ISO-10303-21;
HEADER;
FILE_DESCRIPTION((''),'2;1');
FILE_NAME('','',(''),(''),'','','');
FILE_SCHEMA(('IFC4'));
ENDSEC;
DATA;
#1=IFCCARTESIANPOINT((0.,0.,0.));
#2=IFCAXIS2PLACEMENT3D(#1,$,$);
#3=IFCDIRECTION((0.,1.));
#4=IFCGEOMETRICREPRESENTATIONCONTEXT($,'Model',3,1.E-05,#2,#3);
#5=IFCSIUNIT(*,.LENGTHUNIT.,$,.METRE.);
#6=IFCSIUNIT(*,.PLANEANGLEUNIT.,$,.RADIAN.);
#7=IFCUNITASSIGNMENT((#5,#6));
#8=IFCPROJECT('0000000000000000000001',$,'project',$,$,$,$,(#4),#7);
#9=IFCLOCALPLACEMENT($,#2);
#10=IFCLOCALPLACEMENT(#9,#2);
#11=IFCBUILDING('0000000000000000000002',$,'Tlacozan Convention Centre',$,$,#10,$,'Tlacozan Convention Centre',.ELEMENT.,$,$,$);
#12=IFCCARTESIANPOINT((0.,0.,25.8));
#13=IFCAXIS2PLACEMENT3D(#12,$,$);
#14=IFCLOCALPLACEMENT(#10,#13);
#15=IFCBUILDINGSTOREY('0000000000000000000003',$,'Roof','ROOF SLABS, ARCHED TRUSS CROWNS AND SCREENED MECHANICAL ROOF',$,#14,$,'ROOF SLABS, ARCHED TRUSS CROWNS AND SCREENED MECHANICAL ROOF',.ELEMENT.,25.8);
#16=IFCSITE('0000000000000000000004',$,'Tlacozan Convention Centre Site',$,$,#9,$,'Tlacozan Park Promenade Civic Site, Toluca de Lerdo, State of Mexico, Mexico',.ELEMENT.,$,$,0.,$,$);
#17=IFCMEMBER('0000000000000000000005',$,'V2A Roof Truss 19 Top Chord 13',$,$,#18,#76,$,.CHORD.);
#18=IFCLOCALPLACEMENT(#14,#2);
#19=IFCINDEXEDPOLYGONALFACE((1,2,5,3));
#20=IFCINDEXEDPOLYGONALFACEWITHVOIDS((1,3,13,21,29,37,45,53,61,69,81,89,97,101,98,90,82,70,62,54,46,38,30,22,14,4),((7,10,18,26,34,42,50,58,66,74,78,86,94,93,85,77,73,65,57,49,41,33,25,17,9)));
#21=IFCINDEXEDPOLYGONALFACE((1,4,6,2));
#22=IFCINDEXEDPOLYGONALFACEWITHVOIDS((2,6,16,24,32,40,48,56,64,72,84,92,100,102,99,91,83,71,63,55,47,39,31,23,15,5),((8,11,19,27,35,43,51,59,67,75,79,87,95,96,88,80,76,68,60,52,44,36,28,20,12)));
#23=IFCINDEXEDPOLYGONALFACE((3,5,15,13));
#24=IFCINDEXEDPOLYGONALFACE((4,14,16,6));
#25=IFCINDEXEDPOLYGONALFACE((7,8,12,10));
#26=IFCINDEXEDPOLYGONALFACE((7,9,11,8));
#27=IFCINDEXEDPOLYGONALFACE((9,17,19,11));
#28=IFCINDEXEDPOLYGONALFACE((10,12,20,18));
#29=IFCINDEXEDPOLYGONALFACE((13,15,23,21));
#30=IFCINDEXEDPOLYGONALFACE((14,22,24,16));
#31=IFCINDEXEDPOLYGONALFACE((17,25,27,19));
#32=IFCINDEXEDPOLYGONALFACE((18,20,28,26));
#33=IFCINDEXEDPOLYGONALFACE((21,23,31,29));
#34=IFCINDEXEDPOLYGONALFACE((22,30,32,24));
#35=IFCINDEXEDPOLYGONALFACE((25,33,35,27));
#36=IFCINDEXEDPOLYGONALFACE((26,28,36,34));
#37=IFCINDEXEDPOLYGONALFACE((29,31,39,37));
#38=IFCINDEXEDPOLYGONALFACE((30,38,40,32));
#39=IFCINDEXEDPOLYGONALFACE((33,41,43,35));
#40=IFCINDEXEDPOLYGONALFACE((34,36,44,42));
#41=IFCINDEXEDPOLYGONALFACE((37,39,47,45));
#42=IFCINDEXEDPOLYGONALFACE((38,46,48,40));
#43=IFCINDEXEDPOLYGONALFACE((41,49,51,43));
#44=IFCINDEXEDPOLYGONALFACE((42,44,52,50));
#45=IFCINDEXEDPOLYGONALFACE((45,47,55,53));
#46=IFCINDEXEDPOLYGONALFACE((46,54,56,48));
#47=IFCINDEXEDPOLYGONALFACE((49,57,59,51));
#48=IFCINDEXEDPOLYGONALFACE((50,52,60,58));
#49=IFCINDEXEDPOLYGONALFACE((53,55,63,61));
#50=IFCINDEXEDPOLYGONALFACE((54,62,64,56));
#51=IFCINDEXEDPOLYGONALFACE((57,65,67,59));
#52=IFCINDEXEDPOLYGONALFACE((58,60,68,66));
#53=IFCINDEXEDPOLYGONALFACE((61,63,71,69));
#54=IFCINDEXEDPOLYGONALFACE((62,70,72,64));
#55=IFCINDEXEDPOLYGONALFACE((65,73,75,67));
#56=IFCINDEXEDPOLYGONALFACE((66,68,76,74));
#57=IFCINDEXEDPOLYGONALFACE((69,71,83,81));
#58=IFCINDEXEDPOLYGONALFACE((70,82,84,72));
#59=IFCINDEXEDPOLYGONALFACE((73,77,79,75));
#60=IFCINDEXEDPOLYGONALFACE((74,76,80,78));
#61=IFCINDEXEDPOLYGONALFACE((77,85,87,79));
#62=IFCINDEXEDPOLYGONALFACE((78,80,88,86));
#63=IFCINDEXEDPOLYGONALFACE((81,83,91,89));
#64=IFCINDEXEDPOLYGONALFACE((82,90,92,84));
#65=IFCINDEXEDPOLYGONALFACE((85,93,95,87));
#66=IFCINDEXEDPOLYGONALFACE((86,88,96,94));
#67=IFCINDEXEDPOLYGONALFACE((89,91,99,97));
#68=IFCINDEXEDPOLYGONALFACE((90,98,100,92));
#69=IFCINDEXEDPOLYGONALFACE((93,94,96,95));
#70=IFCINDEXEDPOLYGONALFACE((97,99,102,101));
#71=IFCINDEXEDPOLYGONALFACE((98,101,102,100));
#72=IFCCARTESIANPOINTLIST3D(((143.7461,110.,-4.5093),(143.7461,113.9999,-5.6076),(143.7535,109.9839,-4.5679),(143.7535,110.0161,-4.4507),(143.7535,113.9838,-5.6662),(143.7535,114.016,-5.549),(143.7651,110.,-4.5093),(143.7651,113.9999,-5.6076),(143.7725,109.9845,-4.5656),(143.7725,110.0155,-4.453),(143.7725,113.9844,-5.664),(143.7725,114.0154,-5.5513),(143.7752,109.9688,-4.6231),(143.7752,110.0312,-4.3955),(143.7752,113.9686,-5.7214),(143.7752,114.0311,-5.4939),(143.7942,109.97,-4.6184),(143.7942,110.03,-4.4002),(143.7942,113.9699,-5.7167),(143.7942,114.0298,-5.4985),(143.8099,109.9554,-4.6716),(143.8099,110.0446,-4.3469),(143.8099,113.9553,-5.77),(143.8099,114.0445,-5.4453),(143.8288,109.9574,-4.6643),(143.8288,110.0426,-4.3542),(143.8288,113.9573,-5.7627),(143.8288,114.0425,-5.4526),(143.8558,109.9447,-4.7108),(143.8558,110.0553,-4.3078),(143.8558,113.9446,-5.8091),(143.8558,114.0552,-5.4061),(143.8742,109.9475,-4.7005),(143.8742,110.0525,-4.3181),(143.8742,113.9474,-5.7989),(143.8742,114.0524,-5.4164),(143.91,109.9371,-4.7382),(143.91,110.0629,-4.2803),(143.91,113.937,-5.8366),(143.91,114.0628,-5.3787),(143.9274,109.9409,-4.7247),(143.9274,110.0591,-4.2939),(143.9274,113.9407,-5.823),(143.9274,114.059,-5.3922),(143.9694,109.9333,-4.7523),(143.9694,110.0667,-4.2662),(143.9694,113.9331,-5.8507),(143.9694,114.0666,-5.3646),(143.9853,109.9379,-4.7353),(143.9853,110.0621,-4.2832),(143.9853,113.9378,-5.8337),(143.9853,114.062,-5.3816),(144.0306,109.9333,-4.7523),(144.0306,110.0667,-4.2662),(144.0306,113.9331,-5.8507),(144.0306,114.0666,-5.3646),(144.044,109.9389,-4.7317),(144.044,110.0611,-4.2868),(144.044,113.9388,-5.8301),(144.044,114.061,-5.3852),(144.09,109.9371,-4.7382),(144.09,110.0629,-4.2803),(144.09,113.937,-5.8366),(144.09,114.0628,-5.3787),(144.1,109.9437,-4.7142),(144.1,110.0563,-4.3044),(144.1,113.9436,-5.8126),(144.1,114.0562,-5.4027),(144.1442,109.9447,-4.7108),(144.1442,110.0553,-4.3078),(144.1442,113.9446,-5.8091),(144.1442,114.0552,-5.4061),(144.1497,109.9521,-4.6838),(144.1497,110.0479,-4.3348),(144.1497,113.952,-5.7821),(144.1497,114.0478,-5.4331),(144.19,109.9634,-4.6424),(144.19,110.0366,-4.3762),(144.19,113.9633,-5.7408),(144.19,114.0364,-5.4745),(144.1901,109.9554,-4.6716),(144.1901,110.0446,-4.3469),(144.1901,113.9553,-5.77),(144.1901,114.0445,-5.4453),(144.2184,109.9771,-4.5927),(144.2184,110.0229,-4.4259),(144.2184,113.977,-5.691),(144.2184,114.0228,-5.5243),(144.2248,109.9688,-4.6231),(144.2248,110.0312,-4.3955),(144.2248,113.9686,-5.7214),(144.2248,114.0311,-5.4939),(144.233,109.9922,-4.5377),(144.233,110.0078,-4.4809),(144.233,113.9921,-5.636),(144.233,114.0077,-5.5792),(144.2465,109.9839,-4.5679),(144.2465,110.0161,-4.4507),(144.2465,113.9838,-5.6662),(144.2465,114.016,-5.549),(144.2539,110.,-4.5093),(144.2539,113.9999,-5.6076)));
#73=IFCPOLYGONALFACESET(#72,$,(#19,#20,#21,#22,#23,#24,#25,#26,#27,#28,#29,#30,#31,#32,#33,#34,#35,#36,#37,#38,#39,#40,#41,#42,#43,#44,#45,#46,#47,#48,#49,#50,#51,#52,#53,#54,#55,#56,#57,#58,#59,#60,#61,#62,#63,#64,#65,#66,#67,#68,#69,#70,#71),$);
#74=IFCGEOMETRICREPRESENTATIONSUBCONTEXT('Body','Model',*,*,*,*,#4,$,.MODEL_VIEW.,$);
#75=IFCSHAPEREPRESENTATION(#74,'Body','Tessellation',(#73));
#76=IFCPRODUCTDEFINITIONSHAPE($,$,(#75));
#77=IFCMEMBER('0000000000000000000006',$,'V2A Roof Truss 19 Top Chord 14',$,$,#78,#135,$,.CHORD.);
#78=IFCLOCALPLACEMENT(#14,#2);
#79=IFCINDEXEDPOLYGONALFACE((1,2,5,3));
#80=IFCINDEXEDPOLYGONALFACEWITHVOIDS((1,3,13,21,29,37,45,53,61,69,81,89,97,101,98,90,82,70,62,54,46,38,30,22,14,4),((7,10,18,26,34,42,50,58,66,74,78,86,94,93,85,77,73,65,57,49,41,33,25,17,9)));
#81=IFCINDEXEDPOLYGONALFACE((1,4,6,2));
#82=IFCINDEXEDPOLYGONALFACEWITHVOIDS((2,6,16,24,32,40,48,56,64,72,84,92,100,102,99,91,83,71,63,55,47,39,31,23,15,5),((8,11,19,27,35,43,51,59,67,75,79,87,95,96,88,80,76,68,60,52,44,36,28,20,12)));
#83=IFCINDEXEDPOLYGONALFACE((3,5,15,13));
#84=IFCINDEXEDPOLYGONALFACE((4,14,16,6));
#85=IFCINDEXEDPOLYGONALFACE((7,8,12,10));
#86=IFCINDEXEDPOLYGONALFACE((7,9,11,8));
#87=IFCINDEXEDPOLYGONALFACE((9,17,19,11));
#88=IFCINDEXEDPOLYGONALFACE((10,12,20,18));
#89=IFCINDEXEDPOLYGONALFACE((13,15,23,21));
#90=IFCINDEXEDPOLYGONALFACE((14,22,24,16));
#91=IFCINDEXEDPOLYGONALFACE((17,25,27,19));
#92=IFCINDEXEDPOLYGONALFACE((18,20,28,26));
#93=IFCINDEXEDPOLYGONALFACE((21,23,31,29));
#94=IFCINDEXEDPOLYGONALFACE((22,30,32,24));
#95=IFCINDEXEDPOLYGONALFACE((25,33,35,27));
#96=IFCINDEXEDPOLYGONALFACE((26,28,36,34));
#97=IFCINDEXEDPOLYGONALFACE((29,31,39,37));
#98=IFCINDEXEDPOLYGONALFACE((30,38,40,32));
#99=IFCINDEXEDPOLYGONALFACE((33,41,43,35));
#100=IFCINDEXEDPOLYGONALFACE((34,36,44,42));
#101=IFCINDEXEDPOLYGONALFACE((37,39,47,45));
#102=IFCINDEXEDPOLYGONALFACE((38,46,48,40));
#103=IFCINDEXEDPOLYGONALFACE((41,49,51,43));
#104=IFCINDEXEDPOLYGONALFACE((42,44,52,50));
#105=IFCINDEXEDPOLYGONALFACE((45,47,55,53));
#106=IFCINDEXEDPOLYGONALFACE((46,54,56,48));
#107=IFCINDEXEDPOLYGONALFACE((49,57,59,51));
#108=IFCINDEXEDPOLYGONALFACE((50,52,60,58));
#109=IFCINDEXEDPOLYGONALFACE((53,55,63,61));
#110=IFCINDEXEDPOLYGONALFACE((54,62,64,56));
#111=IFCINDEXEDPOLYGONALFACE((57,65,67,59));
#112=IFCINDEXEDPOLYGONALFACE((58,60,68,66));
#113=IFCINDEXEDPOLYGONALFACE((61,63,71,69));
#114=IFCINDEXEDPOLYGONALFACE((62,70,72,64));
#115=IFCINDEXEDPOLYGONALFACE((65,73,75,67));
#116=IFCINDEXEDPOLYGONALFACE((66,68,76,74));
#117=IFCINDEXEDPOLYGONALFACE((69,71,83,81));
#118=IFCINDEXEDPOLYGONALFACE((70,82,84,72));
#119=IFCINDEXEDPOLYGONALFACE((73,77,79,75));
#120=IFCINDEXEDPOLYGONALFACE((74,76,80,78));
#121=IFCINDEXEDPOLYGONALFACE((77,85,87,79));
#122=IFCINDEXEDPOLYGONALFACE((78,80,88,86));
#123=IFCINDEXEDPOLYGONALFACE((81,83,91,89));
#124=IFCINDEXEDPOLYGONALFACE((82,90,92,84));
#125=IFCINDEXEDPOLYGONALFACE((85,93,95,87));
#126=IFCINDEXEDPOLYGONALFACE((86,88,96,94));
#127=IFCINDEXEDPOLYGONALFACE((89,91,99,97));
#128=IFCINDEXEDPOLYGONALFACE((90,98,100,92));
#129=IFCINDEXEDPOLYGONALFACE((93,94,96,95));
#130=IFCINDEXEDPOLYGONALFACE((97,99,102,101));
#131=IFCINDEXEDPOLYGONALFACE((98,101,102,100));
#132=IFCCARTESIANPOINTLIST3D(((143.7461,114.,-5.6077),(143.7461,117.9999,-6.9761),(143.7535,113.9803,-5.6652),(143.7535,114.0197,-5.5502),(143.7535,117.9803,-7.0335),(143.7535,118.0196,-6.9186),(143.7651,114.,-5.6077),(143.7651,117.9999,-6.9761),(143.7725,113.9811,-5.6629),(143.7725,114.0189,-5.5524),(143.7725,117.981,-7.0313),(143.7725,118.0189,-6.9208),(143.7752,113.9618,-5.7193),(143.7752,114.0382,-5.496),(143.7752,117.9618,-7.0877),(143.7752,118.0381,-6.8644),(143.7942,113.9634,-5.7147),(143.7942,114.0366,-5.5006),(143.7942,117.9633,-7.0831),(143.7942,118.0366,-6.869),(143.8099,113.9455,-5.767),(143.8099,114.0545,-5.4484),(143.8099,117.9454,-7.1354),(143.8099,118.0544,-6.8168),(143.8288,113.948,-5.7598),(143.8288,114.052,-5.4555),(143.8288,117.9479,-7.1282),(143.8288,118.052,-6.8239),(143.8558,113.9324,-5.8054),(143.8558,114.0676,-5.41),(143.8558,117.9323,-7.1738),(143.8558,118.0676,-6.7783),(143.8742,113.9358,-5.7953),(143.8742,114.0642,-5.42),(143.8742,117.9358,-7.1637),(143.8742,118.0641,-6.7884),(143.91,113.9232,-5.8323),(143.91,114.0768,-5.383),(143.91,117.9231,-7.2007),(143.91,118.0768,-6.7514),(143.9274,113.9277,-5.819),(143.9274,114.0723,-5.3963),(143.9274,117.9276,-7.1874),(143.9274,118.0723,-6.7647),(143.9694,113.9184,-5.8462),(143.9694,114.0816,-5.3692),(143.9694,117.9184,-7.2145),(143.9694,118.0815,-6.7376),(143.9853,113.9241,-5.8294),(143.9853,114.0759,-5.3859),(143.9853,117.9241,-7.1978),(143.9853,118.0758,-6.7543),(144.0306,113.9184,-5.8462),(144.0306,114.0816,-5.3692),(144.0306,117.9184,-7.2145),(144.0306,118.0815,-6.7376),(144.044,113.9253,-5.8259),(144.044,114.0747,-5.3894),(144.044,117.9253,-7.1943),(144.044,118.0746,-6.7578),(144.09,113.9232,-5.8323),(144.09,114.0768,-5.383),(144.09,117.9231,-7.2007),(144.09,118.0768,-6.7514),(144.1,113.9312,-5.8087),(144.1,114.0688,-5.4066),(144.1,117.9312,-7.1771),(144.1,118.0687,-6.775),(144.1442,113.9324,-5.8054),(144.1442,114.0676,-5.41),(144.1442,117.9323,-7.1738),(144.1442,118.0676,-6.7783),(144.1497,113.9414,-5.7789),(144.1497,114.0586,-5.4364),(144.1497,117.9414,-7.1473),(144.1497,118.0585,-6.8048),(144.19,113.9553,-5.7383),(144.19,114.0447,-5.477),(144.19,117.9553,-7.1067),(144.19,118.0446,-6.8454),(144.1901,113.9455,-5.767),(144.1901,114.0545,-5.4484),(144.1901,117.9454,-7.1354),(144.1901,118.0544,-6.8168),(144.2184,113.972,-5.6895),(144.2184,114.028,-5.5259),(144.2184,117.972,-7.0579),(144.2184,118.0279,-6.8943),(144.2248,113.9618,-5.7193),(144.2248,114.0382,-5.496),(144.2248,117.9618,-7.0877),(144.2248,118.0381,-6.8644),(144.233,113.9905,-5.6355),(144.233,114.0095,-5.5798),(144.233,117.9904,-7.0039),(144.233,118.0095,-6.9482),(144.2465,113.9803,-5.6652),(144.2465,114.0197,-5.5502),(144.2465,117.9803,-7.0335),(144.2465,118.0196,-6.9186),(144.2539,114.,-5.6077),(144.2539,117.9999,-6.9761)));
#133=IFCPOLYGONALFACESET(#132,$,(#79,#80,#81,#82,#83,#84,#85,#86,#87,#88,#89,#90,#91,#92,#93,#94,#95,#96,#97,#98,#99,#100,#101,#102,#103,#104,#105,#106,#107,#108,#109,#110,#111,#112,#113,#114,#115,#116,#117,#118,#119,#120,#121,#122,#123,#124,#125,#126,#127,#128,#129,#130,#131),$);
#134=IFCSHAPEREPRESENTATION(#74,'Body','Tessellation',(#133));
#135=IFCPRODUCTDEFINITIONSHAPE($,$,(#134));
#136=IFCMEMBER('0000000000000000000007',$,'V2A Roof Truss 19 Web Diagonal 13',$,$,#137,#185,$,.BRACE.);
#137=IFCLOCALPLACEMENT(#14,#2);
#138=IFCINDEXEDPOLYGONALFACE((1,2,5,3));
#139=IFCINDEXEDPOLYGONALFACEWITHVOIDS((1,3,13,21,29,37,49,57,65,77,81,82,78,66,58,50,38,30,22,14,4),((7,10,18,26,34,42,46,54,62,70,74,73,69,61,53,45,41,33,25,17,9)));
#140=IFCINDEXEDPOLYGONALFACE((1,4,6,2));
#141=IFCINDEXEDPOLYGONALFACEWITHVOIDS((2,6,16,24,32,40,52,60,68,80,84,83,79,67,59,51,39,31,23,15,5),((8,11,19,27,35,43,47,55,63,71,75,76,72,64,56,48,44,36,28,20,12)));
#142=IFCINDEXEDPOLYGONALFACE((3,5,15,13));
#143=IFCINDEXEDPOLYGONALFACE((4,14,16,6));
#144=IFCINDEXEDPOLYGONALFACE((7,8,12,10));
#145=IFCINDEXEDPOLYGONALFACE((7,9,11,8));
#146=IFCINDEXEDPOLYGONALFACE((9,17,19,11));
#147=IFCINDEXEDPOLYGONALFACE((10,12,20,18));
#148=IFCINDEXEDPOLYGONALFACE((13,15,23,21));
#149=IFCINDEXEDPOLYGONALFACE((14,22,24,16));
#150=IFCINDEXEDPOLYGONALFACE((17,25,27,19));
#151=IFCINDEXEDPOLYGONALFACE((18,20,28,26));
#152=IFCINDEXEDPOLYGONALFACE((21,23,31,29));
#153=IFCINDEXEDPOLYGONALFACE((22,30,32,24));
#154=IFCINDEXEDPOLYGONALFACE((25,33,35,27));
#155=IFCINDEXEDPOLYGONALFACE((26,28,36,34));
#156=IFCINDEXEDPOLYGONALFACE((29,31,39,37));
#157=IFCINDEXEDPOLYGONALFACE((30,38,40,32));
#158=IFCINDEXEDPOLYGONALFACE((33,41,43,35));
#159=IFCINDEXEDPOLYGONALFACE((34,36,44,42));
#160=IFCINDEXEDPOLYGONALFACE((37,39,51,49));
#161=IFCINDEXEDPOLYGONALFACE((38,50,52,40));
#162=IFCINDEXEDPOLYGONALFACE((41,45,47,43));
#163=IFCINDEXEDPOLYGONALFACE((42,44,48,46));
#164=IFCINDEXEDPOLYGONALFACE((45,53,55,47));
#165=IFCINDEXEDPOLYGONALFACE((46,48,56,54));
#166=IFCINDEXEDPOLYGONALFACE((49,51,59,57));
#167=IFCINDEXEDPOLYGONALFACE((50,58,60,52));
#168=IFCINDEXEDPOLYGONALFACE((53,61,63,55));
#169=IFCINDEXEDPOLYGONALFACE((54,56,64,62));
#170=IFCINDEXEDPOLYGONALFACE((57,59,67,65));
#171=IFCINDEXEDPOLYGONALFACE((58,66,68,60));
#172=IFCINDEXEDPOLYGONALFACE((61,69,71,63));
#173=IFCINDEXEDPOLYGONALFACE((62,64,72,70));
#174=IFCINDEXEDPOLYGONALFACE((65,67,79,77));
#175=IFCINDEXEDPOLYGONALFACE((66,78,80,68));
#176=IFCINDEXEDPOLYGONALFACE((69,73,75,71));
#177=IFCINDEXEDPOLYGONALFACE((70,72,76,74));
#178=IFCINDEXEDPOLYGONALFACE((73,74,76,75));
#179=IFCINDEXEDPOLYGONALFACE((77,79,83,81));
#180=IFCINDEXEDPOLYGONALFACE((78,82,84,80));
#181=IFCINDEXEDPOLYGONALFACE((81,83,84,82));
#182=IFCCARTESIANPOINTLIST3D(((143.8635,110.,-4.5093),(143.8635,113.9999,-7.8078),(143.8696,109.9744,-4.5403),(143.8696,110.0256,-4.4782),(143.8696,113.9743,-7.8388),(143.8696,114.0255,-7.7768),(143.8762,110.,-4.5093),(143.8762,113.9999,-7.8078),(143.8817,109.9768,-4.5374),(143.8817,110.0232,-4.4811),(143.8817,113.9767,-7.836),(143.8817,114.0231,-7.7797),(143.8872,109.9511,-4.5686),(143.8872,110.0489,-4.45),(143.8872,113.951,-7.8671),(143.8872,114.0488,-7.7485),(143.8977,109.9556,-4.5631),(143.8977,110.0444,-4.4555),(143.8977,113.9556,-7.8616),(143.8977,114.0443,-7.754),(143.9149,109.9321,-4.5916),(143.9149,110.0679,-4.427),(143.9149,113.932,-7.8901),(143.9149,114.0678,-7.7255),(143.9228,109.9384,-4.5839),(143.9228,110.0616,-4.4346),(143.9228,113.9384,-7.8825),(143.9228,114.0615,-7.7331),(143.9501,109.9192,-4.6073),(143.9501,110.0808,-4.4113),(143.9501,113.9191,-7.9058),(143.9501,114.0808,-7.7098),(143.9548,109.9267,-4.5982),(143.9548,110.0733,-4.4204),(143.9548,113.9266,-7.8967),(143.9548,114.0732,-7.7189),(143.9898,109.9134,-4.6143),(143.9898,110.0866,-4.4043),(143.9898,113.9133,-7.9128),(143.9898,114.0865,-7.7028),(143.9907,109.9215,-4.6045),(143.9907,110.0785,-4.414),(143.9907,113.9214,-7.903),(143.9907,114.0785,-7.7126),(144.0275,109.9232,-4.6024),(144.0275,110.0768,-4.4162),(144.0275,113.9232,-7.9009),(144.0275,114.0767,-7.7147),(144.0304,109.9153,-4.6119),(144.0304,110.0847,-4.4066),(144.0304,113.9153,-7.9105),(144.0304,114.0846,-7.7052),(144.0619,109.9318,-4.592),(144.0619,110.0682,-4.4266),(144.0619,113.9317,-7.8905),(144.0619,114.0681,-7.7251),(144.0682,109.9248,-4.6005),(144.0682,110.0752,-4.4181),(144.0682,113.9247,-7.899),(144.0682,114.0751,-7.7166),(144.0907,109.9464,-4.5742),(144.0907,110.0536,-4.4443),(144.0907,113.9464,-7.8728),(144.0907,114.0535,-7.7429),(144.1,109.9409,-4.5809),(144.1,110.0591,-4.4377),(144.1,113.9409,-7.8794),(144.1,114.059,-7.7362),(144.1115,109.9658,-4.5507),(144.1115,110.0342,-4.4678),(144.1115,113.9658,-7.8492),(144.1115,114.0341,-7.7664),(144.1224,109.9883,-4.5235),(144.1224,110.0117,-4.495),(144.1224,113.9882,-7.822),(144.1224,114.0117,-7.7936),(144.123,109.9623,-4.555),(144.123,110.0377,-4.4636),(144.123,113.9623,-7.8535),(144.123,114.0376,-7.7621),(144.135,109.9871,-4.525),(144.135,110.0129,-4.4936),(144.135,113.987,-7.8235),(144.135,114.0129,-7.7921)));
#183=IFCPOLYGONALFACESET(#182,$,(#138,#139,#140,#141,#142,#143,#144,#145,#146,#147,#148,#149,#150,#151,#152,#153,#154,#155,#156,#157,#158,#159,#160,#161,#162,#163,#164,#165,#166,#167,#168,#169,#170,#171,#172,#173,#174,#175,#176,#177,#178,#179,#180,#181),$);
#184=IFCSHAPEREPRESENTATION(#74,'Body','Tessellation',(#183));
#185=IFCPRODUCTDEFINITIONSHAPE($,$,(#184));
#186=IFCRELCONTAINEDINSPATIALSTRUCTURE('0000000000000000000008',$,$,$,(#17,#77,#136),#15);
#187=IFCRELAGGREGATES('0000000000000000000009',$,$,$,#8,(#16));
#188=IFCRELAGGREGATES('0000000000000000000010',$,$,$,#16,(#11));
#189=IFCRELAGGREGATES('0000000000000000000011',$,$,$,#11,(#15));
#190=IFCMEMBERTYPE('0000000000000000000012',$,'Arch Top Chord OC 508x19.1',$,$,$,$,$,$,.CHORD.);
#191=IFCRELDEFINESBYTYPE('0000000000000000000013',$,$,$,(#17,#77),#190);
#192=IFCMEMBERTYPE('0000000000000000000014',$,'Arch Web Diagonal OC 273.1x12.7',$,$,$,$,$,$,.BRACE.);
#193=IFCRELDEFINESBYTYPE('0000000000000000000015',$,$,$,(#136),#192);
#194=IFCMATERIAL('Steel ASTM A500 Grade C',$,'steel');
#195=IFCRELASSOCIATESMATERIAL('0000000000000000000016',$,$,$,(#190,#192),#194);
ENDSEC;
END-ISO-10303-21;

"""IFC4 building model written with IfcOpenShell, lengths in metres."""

from ifc_helpers import new_model, si_unit, direction, frame, origin, origin_2d, place, context, subcontext, project, spatial, hollow_circle, extrude, material, material_profile, profile_set, type_object, element, save


model = new_model("IFC4")

# Units and contexts
model_context = context("Model", 3, precision=1e-05, world=origin(), true_north=direction((0.0, 1.0)))
body_context = subcontext(model_context, "Body", "Model", "MODEL_VIEW")
ifc_project = project(units=[si_unit("LENGTHUNIT", "METRE"), si_unit("PLANEANGLEUNIT", "RADIAN")], contexts=[model_context])

# Site, building, storey
site_placement = place(None, origin())
site = spatial("IfcSite", under=ifc_project, at=site_placement, Name="Tlacozan Convention Centre Site", LongName="Tlacozan Park Promenade Civic Site, Toluca de Lerdo, State of Mexico, Mexico", CompositionType="ELEMENT", RefElevation=0.0)
building_placement = place(site_placement, origin())
building = spatial("IfcBuilding", under=site, at=building_placement, Name="Tlacozan Convention Centre", LongName="Tlacozan Convention Centre", CompositionType="ELEMENT")
storey_placement = place(building_placement, frame((0.0, 0.0, 25.8)))
storey = spatial("IfcBuildingStorey", under=building, at=storey_placement, Name="Roof", Description="ROOF SLABS, ARCHED TRUSS CROWNS AND SCREENED MECHANICAL ROOF", LongName="ROOF SLABS, ARCHED TRUSS CROWNS AND SCREENED MECHANICAL ROOF", CompositionType="ELEMENT", Elevation=25.8)

# Members
ifc_material_1 = material(Name="Steel ASTM A500 Grade C", Category="steel")
ifc_material_profile_1 = material_profile(ifc_material_1, hollow_circle(Radius=0.2539, WallThickness=0.019, at=origin_2d()), Name="OC 508.0x19.1")
ifc_profile_set_1 = profile_set([ifc_material_profile_1], Name="Steel ASTM A500 Grade C")
member_type_1 = type_object("IfcMemberType", Name="Arch Top Chord OC 508x19.1", PredefinedType="CHORD", material=ifc_profile_set_1)
member_1_placement = place(storey_placement, frame((144.0, 110.0, -4.5093), z_axis=(0.0, 0.964305, -0.264795), x_axis=(-1.0, 0.0, 0.0)))
element("IfcMember", 1, at=member_1_placement, inside=storey, type_object=member_type_1, Name="V2A Roof Truss 19 Top Chord 13", PredefinedType="CHORD", context=body_context, shape_type="SweptSolid", body=[
    extrude(hollow_circle(Radius=0.2539, WallThickness=0.019, at=origin_2d()), origin(), (0.0, 0.0, 1.0), 4.1479),
])
member_2_placement = place(storey_placement, frame((144.0, 114.0, -5.6077), z_axis=(0.0, 0.946165, -0.323685), x_axis=(-1.0, 0.0, 0.0)))
element("IfcMember", 2, at=member_2_placement, inside=storey, type_object=member_type_1, Name="V2A Roof Truss 19 Top Chord 14", PredefinedType="CHORD", context=body_context, shape_type="SweptSolid", body=[
    extrude(hollow_circle(Radius=0.2539, WallThickness=0.019, at=origin_2d()), origin(), (0.0, 0.0, 1.0), 4.2275),
])
ifc_material_profile_2 = material_profile(ifc_material_1, hollow_circle(Radius=0.1365, WallThickness=0.0127, at=origin_2d()), Name="OC 273.1x12.7")
ifc_profile_set_2 = profile_set([ifc_material_profile_2], Name="Steel ASTM A500 Grade C")
member_type_2 = type_object("IfcMemberType", Name="Arch Web Diagonal OC 273.1x12.7", PredefinedType="BRACE", material=ifc_profile_set_2)
member_3_placement = place(storey_placement, frame((144.0, 110.0, -4.5093), z_axis=(0.0, 0.771507, -0.63622), x_axis=(-1.0, 0.0, 0.0)))
element("IfcMember", 3, at=member_3_placement, inside=storey, type_object=member_type_2, Name="V2A Roof Truss 19 Web Diagonal 13", PredefinedType="BRACE", context=body_context, shape_type="SweptSolid", body=[
    extrude(hollow_circle(Radius=0.1365, WallThickness=0.0127, at=origin_2d()), origin(), (0.0, 0.0, 1.0), 5.1846),
])

save(model, "model.ifc")
